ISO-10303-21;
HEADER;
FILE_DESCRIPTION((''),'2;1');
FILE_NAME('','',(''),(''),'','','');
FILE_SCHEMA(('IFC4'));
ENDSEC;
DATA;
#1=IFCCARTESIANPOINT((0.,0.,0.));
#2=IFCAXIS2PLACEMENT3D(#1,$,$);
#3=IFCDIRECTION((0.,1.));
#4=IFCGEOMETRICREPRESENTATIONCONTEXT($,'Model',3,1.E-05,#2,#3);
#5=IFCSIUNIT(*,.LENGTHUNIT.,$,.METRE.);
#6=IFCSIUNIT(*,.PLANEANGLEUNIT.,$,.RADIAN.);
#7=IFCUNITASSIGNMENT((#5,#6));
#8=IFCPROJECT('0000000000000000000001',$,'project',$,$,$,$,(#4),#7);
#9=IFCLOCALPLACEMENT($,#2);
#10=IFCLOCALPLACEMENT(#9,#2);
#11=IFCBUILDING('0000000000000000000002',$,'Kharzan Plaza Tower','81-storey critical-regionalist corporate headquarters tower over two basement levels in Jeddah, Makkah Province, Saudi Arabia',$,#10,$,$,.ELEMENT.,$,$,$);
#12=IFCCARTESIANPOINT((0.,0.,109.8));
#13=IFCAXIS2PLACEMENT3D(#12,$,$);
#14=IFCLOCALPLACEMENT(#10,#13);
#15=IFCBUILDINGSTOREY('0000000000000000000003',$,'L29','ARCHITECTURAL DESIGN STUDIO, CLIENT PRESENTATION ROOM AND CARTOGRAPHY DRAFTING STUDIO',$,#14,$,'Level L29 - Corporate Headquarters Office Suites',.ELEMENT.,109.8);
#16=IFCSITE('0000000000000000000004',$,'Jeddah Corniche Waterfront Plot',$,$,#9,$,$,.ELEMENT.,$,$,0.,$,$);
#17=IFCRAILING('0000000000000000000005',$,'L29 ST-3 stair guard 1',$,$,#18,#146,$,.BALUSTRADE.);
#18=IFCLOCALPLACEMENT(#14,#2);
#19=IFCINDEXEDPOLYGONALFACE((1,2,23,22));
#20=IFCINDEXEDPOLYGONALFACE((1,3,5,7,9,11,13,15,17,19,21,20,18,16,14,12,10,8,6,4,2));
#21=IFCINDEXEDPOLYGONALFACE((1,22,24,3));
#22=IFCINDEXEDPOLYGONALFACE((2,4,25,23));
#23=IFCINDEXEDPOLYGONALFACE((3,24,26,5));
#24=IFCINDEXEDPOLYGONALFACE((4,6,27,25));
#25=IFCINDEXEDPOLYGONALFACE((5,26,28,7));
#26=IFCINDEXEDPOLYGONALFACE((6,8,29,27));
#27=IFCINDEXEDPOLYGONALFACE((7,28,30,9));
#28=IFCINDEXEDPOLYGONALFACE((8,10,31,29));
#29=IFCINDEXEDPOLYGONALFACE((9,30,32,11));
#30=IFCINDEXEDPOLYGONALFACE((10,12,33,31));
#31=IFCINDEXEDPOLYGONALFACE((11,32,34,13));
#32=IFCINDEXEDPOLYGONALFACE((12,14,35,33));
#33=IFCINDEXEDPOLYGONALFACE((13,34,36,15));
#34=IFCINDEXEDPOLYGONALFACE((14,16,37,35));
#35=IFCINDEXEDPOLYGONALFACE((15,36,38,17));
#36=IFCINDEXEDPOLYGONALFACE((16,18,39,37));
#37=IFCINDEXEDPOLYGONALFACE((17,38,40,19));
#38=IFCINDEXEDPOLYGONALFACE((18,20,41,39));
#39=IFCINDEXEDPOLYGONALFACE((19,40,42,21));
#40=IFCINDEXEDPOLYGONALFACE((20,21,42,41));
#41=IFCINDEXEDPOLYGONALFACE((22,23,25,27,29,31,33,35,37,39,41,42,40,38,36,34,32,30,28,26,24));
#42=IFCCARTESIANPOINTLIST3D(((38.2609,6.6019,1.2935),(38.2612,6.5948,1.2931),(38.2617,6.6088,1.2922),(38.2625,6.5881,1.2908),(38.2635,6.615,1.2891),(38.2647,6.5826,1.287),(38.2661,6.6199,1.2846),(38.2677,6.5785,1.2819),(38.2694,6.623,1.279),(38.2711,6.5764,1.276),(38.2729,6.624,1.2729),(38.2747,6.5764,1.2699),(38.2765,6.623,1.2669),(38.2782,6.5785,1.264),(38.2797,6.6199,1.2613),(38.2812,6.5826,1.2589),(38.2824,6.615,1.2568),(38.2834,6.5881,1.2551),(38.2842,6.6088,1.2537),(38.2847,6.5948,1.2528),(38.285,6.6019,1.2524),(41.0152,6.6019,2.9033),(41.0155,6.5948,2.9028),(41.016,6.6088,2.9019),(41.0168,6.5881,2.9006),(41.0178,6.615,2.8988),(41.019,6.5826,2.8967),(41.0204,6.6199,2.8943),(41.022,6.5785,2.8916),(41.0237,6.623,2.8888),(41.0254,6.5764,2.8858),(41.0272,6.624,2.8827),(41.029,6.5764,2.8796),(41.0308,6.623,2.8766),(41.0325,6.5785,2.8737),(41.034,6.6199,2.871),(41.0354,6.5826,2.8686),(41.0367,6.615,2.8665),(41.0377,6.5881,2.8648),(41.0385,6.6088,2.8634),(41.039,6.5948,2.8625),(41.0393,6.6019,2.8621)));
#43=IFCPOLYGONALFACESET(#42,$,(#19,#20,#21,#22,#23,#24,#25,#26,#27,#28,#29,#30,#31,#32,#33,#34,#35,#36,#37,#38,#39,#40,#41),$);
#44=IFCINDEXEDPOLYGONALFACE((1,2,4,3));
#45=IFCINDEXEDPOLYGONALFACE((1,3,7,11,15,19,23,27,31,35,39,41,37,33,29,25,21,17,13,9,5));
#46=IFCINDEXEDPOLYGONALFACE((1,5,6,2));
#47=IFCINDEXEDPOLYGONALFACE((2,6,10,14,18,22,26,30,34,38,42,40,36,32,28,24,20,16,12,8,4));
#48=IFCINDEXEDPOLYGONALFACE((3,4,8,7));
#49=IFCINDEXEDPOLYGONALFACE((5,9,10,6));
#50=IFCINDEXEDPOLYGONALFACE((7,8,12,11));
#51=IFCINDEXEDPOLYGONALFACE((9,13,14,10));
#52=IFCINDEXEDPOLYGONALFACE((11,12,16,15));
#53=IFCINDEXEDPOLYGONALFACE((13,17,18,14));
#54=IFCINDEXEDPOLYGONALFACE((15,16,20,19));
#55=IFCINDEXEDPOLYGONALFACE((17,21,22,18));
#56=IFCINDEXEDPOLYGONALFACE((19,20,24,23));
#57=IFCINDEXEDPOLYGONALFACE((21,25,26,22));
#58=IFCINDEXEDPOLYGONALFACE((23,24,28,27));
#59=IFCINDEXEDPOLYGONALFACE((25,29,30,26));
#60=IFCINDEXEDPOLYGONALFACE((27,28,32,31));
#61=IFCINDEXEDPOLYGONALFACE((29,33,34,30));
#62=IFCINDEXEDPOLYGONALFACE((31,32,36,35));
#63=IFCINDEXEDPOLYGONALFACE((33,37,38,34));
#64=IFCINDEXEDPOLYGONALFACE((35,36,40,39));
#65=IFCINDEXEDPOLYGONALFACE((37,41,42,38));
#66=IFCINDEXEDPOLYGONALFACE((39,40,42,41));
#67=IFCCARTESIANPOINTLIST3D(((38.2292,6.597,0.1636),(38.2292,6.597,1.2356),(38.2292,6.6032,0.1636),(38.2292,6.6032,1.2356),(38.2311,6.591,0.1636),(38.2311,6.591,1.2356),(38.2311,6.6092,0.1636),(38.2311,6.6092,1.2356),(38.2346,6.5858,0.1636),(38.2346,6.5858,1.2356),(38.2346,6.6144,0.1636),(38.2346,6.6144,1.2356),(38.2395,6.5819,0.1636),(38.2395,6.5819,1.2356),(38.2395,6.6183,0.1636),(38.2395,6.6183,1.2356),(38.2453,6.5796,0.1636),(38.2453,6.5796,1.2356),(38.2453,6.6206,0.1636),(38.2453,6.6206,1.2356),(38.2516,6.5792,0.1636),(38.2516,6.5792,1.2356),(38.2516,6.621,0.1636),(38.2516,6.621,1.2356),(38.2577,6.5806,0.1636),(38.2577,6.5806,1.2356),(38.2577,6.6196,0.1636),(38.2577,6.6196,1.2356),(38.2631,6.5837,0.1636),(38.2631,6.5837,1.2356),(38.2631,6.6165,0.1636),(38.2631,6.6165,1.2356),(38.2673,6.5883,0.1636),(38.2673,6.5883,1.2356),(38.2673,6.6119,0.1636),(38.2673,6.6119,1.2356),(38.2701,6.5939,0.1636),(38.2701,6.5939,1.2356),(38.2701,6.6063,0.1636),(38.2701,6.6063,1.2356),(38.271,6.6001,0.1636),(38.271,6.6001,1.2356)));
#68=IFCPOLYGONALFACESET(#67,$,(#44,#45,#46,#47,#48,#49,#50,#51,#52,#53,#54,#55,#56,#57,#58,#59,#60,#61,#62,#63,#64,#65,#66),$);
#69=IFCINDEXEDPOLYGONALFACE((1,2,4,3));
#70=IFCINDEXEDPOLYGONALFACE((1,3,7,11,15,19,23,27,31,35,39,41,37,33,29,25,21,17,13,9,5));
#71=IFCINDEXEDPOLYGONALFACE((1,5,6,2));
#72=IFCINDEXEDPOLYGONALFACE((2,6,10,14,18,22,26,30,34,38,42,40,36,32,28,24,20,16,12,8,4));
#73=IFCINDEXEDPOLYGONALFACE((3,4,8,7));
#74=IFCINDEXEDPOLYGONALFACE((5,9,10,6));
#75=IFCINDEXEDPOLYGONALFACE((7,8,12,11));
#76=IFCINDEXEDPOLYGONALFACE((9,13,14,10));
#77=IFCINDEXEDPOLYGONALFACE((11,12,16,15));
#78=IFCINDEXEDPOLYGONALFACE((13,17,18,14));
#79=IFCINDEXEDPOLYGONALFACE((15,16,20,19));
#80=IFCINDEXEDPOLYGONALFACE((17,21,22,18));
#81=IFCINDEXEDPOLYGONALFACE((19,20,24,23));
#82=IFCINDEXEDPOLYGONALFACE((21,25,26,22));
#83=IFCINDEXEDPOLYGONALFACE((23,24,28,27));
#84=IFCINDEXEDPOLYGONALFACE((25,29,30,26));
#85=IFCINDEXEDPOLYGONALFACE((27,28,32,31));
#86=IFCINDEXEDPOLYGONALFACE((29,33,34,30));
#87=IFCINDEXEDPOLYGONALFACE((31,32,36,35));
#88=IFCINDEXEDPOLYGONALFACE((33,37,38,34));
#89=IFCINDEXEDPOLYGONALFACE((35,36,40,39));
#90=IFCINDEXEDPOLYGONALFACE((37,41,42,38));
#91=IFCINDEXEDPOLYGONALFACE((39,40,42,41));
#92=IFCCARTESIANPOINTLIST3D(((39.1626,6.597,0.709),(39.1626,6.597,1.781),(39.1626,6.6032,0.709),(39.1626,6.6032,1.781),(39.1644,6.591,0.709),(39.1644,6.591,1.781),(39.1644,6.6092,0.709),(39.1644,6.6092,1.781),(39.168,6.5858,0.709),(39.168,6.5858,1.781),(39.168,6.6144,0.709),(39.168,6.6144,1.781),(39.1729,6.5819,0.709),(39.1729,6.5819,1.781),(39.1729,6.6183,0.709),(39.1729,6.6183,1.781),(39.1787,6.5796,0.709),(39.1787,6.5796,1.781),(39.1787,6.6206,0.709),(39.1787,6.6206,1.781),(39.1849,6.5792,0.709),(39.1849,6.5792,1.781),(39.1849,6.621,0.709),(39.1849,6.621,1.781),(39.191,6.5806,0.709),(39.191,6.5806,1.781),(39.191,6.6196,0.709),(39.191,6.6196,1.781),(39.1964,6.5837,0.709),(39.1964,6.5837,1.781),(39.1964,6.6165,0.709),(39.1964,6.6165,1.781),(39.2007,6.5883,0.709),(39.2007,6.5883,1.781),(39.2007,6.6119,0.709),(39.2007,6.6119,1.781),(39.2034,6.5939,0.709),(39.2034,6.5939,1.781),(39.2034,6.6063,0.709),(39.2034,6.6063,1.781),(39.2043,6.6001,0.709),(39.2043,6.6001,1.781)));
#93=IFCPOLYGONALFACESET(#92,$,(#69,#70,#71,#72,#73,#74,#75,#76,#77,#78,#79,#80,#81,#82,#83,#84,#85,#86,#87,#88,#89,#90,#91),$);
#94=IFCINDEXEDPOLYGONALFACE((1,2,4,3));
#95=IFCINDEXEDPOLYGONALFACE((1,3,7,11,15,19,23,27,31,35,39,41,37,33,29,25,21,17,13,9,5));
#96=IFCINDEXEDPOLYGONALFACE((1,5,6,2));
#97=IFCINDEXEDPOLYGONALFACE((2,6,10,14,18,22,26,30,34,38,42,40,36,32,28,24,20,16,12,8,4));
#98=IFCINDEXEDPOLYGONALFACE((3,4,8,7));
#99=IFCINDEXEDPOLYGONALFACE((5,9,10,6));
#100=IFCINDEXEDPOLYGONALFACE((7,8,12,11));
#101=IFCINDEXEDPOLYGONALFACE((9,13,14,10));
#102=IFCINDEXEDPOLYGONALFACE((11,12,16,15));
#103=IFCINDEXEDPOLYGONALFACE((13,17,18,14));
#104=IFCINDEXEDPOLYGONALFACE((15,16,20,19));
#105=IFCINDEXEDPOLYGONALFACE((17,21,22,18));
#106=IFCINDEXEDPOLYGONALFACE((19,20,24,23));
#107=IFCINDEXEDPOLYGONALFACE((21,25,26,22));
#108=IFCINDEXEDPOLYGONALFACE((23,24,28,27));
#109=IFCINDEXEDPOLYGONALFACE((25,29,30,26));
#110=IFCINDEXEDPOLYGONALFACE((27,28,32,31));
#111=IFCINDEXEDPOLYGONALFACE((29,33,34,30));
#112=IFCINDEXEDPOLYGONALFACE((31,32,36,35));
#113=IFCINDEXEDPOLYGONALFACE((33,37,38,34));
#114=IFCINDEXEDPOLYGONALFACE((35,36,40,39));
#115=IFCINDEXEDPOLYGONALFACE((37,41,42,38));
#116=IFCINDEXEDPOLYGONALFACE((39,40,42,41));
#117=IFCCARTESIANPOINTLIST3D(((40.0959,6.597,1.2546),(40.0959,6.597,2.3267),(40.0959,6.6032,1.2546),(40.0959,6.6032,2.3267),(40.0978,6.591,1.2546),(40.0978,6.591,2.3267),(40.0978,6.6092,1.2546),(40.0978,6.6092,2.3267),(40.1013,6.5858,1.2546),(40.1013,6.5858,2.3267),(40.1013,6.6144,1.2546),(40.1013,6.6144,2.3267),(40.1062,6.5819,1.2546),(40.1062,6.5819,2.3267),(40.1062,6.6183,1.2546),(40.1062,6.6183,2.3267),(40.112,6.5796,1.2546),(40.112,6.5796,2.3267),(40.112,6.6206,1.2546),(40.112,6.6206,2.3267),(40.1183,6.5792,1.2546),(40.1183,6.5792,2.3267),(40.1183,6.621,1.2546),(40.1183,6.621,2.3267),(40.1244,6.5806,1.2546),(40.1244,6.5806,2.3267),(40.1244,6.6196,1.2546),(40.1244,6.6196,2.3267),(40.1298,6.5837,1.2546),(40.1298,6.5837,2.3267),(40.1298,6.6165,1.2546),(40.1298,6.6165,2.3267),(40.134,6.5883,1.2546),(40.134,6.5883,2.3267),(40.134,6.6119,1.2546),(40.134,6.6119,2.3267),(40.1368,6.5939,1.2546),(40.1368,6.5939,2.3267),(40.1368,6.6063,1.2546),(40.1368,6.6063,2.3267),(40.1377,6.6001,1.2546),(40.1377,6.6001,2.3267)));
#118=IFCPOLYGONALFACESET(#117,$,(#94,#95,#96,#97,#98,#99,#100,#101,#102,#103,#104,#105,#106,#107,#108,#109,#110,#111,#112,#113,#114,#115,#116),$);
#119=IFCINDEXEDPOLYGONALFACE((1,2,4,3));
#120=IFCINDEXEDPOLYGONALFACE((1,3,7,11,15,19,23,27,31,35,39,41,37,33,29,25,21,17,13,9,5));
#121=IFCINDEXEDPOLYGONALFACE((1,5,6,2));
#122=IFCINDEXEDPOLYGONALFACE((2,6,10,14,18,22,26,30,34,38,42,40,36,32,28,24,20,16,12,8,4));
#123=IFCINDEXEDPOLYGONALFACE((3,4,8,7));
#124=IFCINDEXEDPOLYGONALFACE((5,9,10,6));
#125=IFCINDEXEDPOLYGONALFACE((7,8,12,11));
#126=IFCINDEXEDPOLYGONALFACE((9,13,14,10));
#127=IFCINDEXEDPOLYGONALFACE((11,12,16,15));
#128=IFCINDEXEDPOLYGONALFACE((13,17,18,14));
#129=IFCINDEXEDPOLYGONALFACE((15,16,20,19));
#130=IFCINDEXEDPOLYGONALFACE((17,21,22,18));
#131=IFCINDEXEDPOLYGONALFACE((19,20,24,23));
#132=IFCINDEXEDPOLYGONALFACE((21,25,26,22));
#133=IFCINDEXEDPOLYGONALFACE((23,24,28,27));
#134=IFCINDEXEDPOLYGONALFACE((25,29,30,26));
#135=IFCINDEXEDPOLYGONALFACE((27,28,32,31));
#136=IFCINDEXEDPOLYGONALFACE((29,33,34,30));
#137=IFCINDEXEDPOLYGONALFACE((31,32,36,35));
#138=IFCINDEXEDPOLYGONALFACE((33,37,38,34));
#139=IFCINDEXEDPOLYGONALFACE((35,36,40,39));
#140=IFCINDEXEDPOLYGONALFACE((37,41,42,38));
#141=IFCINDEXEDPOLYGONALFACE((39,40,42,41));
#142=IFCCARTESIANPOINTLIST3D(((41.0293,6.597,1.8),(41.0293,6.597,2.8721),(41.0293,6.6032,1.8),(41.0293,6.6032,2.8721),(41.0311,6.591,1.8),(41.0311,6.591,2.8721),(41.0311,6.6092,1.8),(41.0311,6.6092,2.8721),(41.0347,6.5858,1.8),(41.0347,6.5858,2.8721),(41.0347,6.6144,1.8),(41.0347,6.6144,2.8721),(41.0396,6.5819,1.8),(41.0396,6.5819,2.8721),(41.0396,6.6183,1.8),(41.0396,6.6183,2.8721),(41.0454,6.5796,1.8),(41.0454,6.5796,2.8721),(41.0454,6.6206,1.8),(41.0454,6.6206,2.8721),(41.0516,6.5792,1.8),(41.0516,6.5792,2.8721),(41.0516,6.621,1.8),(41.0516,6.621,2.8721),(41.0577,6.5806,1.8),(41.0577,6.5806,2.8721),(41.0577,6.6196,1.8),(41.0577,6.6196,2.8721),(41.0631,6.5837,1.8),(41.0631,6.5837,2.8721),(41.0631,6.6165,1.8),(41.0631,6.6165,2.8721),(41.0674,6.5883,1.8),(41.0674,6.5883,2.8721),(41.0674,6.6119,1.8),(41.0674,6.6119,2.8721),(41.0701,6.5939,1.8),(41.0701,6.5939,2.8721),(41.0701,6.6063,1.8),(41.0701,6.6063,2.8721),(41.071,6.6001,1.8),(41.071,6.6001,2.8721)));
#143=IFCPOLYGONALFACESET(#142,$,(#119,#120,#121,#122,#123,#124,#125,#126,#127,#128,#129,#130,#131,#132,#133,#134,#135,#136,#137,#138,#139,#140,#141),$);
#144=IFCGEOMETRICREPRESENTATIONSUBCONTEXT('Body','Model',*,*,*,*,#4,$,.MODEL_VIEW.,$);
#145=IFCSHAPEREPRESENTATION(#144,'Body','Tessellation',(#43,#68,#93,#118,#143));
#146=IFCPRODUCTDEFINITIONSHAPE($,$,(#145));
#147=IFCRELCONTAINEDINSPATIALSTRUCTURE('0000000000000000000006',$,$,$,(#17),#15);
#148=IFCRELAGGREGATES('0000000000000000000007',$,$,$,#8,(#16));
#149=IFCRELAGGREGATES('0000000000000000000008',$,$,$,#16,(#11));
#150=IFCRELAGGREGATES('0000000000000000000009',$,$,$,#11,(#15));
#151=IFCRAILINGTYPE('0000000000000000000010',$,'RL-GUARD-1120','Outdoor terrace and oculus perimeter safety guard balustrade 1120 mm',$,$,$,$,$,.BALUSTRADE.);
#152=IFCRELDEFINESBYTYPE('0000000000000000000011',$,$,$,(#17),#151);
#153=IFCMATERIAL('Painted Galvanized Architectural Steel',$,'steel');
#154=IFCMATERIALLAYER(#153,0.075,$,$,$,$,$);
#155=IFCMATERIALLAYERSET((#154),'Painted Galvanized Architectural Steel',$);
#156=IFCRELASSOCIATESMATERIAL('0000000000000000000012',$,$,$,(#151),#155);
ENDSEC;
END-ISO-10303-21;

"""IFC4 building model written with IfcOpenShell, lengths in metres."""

from ifc_helpers import new_model, si_unit, direction, frame, origin, origin_2d, place, context, subcontext, project, spatial, circle, extrude, source, transform, mapped, material, layer, layer_set, type_object, element, save


model = new_model("IFC4")

# Units and contexts
model_context = context("Model", 3, precision=1e-05, world=origin(), true_north=direction((0.0, 1.0)))
body_context = subcontext(model_context, "Body", "Model", "MODEL_VIEW")
ifc_project = project(units=[si_unit("LENGTHUNIT", "METRE"), si_unit("PLANEANGLEUNIT", "RADIAN")], contexts=[model_context])

# Site, building, storey
site_placement = place(None, origin())
site = spatial("IfcSite", under=ifc_project, at=site_placement, Name="Jeddah Corniche Waterfront Plot", CompositionType="ELEMENT", RefElevation=0.0)
building_placement = place(site_placement, origin())
building = spatial("IfcBuilding", under=site, at=building_placement, Name="Kharzan Plaza Tower", Description="81-storey critical-regionalist corporate headquarters tower over two basement levels in Jeddah, Makkah Province, Saudi Arabia", CompositionType="ELEMENT")
storey_placement = place(building_placement, frame((0.0, 0.0, 109.8)))
storey = spatial("IfcBuildingStorey", under=building, at=storey_placement, Name="L29", Description="ARCHITECTURAL DESIGN STUDIO, CLIENT PRESENTATION ROOM AND CARTOGRAPHY DRAFTING STUDIO", LongName="Level L29 - Corporate Headquarters Office Suites", CompositionType="ELEMENT", Elevation=109.8)

# Railing
ifc_material_1 = material(Name="Painted Galvanized Architectural Steel", Category="steel")
ifc_layer_1 = layer(ifc_material_1, 0.075)
ifc_layer_set_1 = layer_set([ifc_layer_1], Name="Painted Galvanized Architectural Steel")
railing_type_1 = type_object("IfcRailingType", Name="RL-GUARD-1120", Description="Outdoor terrace and oculus perimeter safety guard balustrade 1120 mm", PredefinedType="BALUSTRADE", material=ifc_layer_set_1)
shared_shape_1 = source(origin(), body_context, "Body", "SweptSolid", [
    extrude(circle(Radius=0.0239, at=origin_2d()), frame((0.0229, 0.0, 1.1094), z_axis=(0.863361, 0.0, 0.504587), x_axis=(0.0, 1.0, 0.0)), (0.0, 0.0, 1.0), 3.1902),
    extrude(circle(Radius=0.021, at=origin_2d()), origin(), (0.0, 0.0, 1.0), 1.072),
    extrude(circle(Radius=0.021, at=origin_2d()), frame((0.9333, 0.0, 0.5454)), (0.0, 0.0, 1.0), 1.072),
    extrude(circle(Radius=0.021, at=origin_2d()), frame((1.8667, 0.0, 1.0911)), (0.0, 0.0, 1.0), 1.072),
    extrude(circle(Radius=0.021, at=origin_2d()), frame((2.8, 0.0, 1.6365)), (0.0, 0.0, 1.0), 1.072),
])
railing_1_placement = place(storey_placement, frame((38.25, 6.6001, 0.1636)))
element("IfcRailing", 1, at=railing_1_placement, inside=storey, type_object=railing_type_1, Name="L29 ST-3 stair guard 1", PredefinedType="BALUSTRADE", context=body_context, shape_type="MappedRepresentation", body=[
    mapped(shared_shape_1, transform((0.0, 0.0, 0.0), x_axis=(1.0, 0.0, 0.0), y_axis=(0.0, 1.0, 0.0), z_axis=(0.0, 0.0, 1.0))),
])

save(model, "model.ifc")
